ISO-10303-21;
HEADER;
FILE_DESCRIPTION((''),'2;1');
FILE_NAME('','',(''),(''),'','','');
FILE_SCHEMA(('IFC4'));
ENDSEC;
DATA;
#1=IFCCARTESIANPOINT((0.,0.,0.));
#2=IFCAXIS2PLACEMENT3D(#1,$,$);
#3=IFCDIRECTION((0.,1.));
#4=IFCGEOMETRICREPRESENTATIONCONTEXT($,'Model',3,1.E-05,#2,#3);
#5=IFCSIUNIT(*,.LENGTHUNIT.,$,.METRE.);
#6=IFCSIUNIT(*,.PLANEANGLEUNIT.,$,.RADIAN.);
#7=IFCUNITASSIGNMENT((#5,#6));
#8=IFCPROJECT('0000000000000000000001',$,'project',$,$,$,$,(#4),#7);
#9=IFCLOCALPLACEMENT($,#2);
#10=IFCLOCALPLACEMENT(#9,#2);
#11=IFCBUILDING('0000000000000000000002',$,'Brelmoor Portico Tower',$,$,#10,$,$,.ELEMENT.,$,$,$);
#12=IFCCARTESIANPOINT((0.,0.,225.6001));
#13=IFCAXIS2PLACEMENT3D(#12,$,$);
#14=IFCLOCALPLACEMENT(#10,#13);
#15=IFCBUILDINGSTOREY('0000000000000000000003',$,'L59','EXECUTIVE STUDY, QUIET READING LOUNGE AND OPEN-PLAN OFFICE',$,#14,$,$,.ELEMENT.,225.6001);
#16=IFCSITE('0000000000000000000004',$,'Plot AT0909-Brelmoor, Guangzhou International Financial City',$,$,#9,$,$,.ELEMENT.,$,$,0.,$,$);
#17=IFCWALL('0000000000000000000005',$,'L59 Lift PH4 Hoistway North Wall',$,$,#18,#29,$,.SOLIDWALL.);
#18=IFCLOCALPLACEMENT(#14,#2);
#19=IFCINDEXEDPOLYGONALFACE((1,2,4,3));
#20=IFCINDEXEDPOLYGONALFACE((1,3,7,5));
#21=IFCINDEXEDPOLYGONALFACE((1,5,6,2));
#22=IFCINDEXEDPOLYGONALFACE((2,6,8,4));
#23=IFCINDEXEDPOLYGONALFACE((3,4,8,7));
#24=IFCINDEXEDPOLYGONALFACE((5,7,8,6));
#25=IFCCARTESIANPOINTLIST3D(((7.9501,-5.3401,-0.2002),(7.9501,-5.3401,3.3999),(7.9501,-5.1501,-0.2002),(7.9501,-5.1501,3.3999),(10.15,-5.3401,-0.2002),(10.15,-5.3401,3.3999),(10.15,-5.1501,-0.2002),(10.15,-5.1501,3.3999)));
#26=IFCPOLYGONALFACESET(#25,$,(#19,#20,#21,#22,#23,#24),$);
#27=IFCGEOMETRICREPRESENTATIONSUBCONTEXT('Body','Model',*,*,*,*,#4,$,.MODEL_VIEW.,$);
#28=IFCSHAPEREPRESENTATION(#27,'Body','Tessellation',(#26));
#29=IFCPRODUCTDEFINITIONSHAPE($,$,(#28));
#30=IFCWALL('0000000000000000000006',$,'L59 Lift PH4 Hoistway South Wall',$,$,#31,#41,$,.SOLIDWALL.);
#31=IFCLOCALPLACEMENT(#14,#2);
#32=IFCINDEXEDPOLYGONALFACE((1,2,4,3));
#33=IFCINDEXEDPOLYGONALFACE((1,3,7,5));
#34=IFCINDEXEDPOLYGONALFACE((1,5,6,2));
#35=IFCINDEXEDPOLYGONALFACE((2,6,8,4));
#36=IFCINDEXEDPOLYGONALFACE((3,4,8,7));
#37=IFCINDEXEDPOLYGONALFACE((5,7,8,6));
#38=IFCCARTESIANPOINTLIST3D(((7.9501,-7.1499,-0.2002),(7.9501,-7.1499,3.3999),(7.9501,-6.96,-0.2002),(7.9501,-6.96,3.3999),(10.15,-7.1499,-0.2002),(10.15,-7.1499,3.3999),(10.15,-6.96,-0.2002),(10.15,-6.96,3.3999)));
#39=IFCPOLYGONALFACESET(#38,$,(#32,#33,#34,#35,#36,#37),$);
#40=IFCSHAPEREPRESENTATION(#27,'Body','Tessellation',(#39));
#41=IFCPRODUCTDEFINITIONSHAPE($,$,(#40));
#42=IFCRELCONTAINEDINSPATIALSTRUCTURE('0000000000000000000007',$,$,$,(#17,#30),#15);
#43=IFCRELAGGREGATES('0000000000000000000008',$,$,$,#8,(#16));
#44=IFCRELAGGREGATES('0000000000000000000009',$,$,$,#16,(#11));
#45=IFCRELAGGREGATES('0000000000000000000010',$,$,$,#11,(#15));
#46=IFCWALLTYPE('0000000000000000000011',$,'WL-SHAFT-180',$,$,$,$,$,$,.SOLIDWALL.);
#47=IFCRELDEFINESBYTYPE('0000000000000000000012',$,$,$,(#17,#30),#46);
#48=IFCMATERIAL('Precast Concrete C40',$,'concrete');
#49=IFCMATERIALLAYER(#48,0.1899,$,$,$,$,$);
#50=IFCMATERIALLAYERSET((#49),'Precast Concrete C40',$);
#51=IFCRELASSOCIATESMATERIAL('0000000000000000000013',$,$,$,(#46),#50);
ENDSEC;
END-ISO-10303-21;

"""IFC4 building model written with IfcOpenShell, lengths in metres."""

from ifc_helpers import new_model, si_unit, direction, frame, frame_2d, origin, place, context, subcontext, project, spatial, rectangle, extrude, material, layer, layer_set, type_object, element, save


model = new_model("IFC4")

# Units and contexts
model_context = context("Model", 3, precision=1e-05, world=origin(), true_north=direction((0.0, 1.0)))
body_context = subcontext(model_context, "Body", "Model", "MODEL_VIEW")
ifc_project = project(units=[si_unit("LENGTHUNIT", "METRE"), si_unit("PLANEANGLEUNIT", "RADIAN")], contexts=[model_context])

# Site, building, storey
site_placement = place(None, origin())
site = spatial("IfcSite", under=ifc_project, at=site_placement, Name="Plot AT0909-Brelmoor, Guangzhou International Financial City", CompositionType="ELEMENT", RefElevation=0.0)
building_placement = place(site_placement, origin())
building = spatial("IfcBuilding", under=site, at=building_placement, Name="Brelmoor Portico Tower", CompositionType="ELEMENT")
storey_placement = place(building_placement, frame((0.0, 0.0, 225.6001)))
storey = spatial("IfcBuildingStorey", under=building, at=storey_placement, Name="L59", Description="EXECUTIVE STUDY, QUIET READING LOUNGE AND OPEN-PLAN OFFICE", CompositionType="ELEMENT", Elevation=225.6001)

# Shared definitions
ifc_material_1 = material(Name="Precast Concrete C40", Category="concrete")
ifc_layer_1 = layer(ifc_material_1, 0.1899)
ifc_layer_set_1 = layer_set([ifc_layer_1], Name="Precast Concrete C40")
wall_type_1 = type_object("IfcWallType", Name="WL-SHAFT-180", PredefinedType="SOLIDWALL", material=ifc_layer_set_1)

# Walls
for number, where, z_axis, x_axis, name in (
    (1, (7.95, -5.2451, -0.2002), (0.0, 0.0, 1.0), (1.0, 0.0, 0.0), "L59 Lift PH4 Hoistway North Wall"),
    (2, (7.95, -7.0549, -0.2002), (0.0, 0.0, 1.0), (1.0, 0.0, 0.0), "L59 Lift PH4 Hoistway South Wall"),
):
    element("IfcWall", number, at=place(storey_placement, frame(where, z_axis=z_axis, x_axis=x_axis)), inside=storey, type_object=wall_type_1, Name=name, PredefinedType="SOLIDWALL", context=body_context, shape_type="SweptSolid", body=[
        extrude(rectangle(XDim=2.2, YDim=0.1899, at=frame_2d((1.1001, 0.0))), origin(), (0.0, 0.0, 1.0), 3.6001),
    ])

save(model, "model.ifc")
